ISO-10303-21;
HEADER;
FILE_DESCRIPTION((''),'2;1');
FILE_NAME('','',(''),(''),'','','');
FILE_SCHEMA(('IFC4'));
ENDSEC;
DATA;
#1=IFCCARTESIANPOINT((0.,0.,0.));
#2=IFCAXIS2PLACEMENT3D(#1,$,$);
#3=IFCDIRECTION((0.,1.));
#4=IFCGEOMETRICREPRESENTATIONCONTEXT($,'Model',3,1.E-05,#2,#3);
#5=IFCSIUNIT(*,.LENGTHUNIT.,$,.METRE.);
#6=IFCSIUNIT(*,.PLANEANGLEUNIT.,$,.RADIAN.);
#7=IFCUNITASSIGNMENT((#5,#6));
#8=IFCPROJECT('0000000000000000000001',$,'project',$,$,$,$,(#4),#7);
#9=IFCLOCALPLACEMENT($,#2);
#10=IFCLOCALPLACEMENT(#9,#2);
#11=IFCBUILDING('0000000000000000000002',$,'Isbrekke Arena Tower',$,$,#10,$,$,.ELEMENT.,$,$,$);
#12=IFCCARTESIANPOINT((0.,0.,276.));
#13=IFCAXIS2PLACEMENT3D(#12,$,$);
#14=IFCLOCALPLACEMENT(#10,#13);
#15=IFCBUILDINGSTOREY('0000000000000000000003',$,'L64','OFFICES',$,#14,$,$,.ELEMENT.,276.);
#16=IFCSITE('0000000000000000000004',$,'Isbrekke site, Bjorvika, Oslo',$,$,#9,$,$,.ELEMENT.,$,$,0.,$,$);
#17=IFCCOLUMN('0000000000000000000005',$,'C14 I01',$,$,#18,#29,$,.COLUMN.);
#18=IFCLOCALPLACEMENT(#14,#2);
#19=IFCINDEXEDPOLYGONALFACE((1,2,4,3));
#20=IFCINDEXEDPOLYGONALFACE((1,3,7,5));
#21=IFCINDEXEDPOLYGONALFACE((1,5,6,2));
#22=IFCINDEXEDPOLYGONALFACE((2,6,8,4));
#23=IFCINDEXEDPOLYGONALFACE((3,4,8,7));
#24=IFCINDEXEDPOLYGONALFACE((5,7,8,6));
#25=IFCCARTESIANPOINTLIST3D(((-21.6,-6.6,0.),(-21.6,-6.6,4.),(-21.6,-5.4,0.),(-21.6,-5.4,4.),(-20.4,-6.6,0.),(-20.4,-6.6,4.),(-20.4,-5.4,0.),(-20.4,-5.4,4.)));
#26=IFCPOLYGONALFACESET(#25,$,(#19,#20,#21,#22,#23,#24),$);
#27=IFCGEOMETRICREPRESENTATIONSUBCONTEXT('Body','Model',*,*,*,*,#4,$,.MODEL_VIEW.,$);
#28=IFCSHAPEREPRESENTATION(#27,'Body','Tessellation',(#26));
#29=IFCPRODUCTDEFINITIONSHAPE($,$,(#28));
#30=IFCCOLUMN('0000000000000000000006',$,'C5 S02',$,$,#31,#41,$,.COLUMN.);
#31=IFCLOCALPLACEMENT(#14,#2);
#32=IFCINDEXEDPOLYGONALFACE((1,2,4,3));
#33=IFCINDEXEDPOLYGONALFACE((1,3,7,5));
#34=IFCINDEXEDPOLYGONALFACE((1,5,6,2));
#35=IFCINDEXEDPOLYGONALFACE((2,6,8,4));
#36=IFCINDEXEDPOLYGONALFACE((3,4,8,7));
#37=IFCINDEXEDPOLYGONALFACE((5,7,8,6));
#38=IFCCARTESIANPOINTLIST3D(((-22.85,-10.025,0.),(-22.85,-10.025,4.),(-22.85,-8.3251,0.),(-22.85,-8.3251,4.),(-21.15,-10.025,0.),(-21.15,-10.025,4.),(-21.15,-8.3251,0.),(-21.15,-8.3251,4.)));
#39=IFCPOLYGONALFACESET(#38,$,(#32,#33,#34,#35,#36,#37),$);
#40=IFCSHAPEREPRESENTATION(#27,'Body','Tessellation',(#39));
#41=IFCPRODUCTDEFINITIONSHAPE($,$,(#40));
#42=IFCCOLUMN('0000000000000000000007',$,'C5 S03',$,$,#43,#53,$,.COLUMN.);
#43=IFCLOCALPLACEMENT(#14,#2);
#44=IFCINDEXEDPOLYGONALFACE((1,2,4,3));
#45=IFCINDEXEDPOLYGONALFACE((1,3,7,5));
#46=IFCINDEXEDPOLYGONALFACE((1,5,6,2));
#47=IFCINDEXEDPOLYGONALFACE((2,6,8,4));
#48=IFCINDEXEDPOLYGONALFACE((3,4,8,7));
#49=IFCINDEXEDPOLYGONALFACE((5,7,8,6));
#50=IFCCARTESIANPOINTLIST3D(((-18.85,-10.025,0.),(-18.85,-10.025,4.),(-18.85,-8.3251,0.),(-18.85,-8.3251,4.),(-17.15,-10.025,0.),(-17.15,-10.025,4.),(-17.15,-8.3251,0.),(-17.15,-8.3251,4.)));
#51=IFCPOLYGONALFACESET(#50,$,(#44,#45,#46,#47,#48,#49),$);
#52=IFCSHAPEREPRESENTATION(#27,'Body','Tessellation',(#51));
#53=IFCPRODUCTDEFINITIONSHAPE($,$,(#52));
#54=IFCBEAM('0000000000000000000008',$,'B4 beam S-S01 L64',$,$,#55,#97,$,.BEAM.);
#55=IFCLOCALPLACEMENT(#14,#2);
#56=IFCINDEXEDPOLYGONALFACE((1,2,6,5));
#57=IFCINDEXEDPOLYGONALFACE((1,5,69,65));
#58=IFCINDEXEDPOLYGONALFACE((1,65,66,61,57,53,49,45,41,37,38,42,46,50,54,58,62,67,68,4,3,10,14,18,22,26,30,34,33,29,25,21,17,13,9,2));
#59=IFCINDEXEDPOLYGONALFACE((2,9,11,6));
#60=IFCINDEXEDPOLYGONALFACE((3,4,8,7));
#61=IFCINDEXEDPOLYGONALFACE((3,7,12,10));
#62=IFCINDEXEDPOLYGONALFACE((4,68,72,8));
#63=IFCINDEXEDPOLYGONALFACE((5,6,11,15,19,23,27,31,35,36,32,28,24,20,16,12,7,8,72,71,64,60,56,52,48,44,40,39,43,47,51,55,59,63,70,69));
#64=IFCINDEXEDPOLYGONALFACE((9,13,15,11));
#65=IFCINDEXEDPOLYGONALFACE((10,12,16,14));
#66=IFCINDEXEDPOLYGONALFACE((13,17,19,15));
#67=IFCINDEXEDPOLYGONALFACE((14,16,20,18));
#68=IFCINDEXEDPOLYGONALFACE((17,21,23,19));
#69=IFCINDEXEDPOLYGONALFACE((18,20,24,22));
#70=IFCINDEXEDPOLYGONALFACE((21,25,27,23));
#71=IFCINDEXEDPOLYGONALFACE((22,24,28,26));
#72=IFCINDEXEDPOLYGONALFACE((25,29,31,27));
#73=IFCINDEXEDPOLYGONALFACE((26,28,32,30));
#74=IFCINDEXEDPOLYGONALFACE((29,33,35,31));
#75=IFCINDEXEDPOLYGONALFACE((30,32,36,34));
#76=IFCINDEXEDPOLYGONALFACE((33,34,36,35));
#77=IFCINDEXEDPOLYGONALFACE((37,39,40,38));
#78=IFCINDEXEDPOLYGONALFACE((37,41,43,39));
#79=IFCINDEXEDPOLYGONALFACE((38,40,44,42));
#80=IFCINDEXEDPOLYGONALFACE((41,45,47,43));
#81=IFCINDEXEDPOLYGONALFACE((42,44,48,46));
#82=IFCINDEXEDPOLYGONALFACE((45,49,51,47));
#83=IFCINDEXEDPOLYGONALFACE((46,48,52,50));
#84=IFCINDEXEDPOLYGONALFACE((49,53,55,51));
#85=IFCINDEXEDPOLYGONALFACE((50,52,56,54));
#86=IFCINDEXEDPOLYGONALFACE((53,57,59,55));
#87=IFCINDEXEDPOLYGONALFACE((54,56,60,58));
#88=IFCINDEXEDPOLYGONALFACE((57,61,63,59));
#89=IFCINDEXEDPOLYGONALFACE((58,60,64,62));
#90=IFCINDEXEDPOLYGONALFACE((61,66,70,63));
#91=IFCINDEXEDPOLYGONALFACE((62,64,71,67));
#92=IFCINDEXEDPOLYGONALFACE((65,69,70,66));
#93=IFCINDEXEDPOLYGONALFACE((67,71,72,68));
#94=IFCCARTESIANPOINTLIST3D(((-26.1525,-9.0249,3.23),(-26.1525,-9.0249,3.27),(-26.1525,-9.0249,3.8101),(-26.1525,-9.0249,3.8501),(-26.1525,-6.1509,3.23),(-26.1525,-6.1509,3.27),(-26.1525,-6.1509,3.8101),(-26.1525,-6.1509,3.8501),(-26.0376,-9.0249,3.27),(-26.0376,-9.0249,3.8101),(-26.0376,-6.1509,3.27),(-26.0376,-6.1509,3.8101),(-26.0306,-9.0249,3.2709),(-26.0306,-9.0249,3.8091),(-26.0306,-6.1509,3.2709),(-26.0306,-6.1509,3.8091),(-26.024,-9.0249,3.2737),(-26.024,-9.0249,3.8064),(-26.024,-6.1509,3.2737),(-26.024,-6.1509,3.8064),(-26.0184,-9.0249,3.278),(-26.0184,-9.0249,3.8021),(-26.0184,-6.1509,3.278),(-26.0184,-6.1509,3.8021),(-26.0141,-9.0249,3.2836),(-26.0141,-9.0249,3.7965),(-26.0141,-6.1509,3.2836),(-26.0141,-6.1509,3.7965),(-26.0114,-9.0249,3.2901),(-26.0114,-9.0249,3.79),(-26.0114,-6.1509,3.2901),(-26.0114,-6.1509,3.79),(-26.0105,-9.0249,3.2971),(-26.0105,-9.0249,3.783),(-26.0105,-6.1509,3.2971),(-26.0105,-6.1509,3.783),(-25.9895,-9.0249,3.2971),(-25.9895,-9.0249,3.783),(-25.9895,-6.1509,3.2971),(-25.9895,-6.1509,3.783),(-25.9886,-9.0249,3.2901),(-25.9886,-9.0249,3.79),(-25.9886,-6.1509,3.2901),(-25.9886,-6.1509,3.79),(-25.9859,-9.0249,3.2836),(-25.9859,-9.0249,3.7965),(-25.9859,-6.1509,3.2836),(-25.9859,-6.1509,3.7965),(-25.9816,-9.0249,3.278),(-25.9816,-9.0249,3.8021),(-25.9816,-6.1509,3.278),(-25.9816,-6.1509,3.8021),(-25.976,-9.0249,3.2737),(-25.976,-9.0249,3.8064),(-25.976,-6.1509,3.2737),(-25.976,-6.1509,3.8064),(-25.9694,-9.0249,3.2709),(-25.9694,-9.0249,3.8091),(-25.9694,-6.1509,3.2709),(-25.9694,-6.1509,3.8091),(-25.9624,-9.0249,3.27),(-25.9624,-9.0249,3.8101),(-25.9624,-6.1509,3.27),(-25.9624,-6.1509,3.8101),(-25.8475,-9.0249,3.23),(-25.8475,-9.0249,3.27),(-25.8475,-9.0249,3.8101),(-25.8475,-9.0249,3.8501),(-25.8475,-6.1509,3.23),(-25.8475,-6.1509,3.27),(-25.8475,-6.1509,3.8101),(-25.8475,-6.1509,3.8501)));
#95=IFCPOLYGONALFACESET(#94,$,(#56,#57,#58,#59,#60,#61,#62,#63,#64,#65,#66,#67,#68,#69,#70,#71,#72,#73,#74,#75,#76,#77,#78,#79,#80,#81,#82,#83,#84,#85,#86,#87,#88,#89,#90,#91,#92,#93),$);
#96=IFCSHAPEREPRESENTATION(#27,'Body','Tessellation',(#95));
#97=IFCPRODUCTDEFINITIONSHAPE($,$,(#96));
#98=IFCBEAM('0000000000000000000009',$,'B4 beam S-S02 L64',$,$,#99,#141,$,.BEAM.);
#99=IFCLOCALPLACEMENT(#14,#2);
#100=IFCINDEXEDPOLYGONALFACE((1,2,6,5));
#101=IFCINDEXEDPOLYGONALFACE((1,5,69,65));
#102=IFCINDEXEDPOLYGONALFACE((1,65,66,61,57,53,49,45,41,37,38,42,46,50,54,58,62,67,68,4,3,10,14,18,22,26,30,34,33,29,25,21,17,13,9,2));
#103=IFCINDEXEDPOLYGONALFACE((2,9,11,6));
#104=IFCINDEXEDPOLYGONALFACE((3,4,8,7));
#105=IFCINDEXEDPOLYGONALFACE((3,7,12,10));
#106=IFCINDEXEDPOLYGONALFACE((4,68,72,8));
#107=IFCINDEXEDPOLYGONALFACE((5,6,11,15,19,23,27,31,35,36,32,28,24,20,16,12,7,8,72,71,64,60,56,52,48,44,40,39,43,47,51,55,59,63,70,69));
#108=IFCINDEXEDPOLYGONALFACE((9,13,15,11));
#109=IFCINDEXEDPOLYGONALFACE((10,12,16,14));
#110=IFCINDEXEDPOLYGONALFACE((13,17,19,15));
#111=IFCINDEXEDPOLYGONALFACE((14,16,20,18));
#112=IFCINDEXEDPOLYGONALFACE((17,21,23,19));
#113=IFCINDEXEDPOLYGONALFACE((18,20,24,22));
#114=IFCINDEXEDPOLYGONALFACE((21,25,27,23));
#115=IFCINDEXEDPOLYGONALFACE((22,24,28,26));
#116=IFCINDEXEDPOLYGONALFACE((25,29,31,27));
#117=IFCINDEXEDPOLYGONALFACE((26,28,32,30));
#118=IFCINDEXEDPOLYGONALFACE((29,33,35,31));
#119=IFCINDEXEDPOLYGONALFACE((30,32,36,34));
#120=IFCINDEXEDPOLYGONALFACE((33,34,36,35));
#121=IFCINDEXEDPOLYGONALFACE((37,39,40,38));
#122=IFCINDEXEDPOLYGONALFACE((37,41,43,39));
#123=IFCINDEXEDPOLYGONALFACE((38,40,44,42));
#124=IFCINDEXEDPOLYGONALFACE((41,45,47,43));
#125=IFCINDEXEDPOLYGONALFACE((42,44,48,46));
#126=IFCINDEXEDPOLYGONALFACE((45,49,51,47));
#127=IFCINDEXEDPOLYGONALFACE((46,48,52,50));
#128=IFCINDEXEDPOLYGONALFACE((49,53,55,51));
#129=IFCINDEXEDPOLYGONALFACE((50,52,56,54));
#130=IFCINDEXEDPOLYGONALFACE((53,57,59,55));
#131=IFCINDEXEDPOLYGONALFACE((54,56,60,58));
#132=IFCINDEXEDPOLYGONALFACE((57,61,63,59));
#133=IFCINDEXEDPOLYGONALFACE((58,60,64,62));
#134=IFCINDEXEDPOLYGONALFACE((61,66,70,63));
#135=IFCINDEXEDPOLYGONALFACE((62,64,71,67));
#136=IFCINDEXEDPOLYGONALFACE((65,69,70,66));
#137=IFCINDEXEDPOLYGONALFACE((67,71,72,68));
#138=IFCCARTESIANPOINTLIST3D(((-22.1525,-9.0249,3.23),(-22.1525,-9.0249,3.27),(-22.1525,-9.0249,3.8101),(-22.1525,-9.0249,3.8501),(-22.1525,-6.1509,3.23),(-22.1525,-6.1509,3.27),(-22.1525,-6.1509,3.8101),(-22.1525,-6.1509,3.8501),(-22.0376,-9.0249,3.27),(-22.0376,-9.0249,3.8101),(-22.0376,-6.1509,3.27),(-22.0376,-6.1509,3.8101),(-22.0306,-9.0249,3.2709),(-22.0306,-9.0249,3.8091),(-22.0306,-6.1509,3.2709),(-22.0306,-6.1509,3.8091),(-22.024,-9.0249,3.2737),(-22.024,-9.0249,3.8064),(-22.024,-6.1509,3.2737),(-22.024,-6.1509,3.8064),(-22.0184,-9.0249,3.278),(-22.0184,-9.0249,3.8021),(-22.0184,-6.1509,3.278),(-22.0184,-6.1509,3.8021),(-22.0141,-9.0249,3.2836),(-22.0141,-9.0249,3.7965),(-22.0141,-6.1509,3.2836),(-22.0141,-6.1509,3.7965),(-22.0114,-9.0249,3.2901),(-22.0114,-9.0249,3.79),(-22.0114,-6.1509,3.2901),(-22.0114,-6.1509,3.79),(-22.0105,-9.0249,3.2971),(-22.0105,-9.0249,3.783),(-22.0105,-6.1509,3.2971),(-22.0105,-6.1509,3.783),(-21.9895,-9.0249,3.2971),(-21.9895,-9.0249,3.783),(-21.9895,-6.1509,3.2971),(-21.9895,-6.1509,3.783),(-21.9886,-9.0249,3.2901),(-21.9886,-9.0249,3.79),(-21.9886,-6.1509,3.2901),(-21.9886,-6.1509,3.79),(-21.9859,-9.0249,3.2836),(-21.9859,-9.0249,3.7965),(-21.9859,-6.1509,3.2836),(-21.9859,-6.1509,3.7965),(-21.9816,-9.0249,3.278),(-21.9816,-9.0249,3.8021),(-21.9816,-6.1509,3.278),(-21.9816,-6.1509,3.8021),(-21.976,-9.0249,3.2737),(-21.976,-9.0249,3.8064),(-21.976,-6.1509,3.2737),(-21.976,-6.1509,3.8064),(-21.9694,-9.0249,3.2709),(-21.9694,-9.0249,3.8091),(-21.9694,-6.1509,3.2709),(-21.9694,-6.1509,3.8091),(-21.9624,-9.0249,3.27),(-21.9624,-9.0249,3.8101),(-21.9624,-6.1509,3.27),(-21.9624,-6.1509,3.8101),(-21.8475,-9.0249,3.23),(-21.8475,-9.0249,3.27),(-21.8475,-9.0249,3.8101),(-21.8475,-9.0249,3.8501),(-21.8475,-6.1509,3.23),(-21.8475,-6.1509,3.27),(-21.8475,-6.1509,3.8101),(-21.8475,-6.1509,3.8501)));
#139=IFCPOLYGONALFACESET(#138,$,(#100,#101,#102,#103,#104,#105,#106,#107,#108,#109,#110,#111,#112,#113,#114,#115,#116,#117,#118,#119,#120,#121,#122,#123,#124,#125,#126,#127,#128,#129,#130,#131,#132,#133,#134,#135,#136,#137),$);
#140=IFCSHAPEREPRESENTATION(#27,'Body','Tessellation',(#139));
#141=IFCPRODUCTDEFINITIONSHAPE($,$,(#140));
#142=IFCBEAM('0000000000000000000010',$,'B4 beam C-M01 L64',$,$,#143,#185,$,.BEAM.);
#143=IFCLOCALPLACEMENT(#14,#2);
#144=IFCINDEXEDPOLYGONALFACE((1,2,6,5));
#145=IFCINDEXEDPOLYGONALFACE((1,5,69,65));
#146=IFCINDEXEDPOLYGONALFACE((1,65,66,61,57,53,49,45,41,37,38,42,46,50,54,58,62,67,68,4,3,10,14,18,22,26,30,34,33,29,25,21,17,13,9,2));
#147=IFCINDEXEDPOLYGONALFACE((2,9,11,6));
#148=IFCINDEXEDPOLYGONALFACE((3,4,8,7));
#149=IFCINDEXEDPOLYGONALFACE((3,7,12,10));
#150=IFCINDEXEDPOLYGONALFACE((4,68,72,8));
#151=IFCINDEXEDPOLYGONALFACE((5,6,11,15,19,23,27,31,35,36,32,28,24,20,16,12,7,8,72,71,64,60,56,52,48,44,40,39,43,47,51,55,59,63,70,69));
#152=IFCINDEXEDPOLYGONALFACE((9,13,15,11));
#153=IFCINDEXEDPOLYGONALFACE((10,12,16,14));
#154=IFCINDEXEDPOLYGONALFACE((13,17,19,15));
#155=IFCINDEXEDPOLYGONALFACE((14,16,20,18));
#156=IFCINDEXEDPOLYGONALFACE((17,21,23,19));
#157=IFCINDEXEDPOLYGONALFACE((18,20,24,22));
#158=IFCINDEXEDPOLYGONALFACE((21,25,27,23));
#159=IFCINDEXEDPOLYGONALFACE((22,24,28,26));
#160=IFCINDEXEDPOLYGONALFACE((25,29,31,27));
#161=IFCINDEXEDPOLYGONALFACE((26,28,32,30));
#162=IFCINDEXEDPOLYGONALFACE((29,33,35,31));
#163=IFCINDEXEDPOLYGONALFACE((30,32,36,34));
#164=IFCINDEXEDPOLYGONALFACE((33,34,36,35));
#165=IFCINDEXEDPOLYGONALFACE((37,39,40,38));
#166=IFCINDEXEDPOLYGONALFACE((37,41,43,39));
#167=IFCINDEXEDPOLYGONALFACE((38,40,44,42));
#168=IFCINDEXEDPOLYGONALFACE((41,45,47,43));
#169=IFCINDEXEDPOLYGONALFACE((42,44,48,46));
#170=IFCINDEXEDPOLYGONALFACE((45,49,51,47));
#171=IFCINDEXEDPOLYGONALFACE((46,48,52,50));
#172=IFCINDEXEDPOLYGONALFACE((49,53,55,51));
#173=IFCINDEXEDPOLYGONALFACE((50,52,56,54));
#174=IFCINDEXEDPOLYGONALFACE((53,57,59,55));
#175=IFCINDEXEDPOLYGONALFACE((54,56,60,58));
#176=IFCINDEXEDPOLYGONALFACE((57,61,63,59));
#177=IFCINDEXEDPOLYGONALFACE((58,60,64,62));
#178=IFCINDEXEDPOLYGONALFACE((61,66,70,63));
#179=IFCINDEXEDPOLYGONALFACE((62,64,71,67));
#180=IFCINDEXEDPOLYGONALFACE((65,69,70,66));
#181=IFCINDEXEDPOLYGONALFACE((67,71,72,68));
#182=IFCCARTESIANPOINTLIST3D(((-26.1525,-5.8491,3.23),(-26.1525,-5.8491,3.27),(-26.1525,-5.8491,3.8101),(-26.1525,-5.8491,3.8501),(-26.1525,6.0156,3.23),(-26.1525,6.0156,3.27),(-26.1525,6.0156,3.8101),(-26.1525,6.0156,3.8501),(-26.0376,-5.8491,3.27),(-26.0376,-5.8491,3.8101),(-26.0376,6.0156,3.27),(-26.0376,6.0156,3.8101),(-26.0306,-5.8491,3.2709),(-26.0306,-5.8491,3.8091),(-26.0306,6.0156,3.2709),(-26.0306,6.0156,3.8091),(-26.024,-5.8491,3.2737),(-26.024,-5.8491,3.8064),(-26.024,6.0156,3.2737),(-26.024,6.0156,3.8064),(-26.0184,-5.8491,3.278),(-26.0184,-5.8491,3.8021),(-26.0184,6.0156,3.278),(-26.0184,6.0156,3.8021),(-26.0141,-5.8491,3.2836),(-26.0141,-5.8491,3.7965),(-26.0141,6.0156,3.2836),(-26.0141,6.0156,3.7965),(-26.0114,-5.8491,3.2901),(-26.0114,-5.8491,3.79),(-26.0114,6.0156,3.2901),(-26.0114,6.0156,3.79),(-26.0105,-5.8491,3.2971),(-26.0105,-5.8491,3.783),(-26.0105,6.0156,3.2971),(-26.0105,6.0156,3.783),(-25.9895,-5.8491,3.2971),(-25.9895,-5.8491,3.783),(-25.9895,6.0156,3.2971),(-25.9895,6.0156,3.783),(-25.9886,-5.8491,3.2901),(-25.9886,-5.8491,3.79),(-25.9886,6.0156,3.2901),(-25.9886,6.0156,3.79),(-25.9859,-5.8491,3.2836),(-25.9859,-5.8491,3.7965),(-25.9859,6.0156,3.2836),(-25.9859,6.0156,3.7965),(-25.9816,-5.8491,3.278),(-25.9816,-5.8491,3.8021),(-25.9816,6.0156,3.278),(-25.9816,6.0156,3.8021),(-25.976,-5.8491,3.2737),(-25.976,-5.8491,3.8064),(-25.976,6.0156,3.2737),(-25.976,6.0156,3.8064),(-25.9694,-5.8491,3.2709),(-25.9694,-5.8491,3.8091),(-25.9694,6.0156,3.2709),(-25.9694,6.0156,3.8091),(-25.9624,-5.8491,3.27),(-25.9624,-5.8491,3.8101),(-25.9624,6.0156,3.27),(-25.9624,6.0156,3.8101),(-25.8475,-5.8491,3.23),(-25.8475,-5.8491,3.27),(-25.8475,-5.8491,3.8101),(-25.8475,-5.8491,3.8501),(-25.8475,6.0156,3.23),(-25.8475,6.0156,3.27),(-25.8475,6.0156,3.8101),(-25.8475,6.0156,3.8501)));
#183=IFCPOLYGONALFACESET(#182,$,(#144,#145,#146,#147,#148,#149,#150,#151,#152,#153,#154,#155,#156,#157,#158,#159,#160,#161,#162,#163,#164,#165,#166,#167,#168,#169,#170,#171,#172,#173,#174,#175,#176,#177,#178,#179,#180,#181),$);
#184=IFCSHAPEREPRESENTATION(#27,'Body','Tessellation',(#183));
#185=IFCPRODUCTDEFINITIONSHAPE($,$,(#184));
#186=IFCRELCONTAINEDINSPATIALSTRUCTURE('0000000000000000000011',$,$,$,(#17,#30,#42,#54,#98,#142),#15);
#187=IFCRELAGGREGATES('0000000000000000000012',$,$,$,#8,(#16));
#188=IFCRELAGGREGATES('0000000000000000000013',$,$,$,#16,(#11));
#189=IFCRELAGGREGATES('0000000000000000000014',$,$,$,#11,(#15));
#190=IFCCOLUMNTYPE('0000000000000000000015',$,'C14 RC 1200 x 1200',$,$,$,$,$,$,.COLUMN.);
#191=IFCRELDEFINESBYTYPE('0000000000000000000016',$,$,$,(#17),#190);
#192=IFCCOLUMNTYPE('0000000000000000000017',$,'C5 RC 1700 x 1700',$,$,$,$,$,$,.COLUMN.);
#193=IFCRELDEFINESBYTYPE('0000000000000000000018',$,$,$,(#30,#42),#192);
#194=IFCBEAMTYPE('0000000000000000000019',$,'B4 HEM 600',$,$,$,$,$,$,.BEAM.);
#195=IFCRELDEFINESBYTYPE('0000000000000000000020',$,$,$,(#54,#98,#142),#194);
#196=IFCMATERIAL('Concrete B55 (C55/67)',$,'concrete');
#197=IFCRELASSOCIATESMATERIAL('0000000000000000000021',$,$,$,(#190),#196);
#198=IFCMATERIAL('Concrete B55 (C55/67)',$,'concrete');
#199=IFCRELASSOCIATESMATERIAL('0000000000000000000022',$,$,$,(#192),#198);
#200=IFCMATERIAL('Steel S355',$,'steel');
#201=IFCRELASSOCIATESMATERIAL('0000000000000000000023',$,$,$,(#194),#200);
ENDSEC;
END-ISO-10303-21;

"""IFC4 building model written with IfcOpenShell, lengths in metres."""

from ifc_helpers import new_model, si_unit, direction, frame, origin, origin_2d, place, context, subcontext, project, spatial, rectangle, i_section, extrude, material, material_profile, profile_set, type_object, element, save


model = new_model("IFC4")

# Units and contexts
model_context = context("Model", 3, precision=1e-05, world=origin(), true_north=direction((0.0, 1.0)))
body_context = subcontext(model_context, "Body", "Model", "MODEL_VIEW")
ifc_project = project(units=[si_unit("LENGTHUNIT", "METRE"), si_unit("PLANEANGLEUNIT", "RADIAN")], contexts=[model_context])

# Site, building, storey
site_placement = place(None, origin())
site = spatial("IfcSite", under=ifc_project, at=site_placement, Name="Isbrekke site, Bjorvika, Oslo", CompositionType="ELEMENT", RefElevation=0.0)
building_placement = place(site_placement, origin())
building = spatial("IfcBuilding", under=site, at=building_placement, Name="Isbrekke Arena Tower", CompositionType="ELEMENT")
storey_placement = place(building_placement, frame((0.0, 0.0, 276.0)))
storey = spatial("IfcBuildingStorey", under=building, at=storey_placement, Name="L64", Description="OFFICES", CompositionType="ELEMENT", Elevation=276.0)

# Columns
ifc_material_1 = material(Name="Concrete B55 (C55/67)", Category="concrete")
ifc_material_profile_1 = material_profile(ifc_material_1, rectangle(XDim=1.2, YDim=1.2, at=origin_2d()), Name="RC 1200x1200")
ifc_profile_set_1 = profile_set([ifc_material_profile_1], Name="Concrete B55 (C55/67)")
column_type_1 = type_object("IfcColumnType", Name="C14 RC 1200 x 1200", PredefinedType="COLUMN", material=ifc_profile_set_1)
column_placement = place(storey_placement, frame((-21.0, -6.0, 0.0), z_axis=(0.0, 0.0, 1.0), x_axis=(1.0, 0.0, 0.0)))
element("IfcColumn", 1, at=column_placement, inside=storey, type_object=column_type_1, Name="C14 I01", PredefinedType="COLUMN", context=body_context, shape_type="SweptSolid", body=[
    extrude(rectangle(XDim=1.2, YDim=1.2, at=origin_2d()), origin(), (0.0, 0.0, 1.0), 4.0),
])
ifc_material_2 = material(Name="Concrete B55 (C55/67)", Category="concrete")
ifc_material_profile_2 = material_profile(ifc_material_2, rectangle(XDim=1.7, YDim=1.7, at=origin_2d()), Name="RC 1700x1700")
ifc_profile_set_2 = profile_set([ifc_material_profile_2], Name="Concrete B55 (C55/67)")
column_type_2 = type_object("IfcColumnType", Name="C5 RC 1700 x 1700", PredefinedType="COLUMN", material=ifc_profile_set_2)
for number, where, z_axis, x_axis, name in (
    (2, (-22.0, -9.175, 0.0), (0.0, 0.0, 1.0), (1.0, 0.0, 0.0), "C5 S02"),
    (3, (-18.0, -9.175, 0.0), (0.0, 0.0, 1.0), (1.0, 0.0, 0.0), "C5 S03"),
):
    element("IfcColumn", number, at=place(storey_placement, frame(where, z_axis=z_axis, x_axis=x_axis)), inside=storey, type_object=column_type_2, Name=name, PredefinedType="COLUMN", context=body_context, shape_type="SweptSolid", body=[
        extrude(rectangle(XDim=1.7, YDim=1.7, at=origin_2d()), origin(), (0.0, 0.0, 1.0), 4.0),
    ])

# Beams
ifc_material_3 = material(Name="Steel S355", Category="steel")
ifc_material_profile_3 = material_profile(ifc_material_3, i_section(OverallWidth=0.3049, OverallDepth=0.6201, WebThickness=0.021, FlangeThickness=0.04, FilletRadius=0.0271, at=origin_2d()), Name="HEM 600")
ifc_profile_set_3 = profile_set([ifc_material_profile_3], Name="Steel S355")
beam_type_1 = type_object("IfcBeamType", Name="B4 HEM 600", PredefinedType="BEAM", material=ifc_profile_set_3)
for number, where, z_axis, x_axis, name in (
    (4, (-26.0, -9.0249, 3.54), (0.0, 1.0, 0.0), (-1.0, 0.0, 0.0), "B4 beam S-S01 L64"),
    (5, (-22.0, -9.0249, 3.54), (0.0, 1.0, 0.0), (-1.0, 0.0, 0.0), "B4 beam S-S02 L64"),
):
    element("IfcBeam", number, at=place(storey_placement, frame(where, z_axis=z_axis, x_axis=x_axis)), inside=storey, type_object=beam_type_1, Name=name, PredefinedType="BEAM", context=body_context, shape_type="SweptSolid", body=[
        extrude(i_section(OverallWidth=0.3049, OverallDepth=0.6201, WebThickness=0.021, FlangeThickness=0.04, FilletRadius=0.0271, at=origin_2d()), origin(), (0.0, 0.0, 1.0), 2.874),
    ])
beam_1_placement = place(storey_placement, frame((-26.0, -5.8491, 3.54), z_axis=(0.0, 1.0, 0.0), x_axis=(-1.0, 0.0, 0.0)))
element("IfcBeam", 6, at=beam_1_placement, inside=storey, type_object=beam_type_1, Name="B4 beam C-M01 L64", PredefinedType="BEAM", context=body_context, shape_type="SweptSolid", body=[
    extrude(i_section(OverallWidth=0.3049, OverallDepth=0.6201, WebThickness=0.021, FlangeThickness=0.04, FilletRadius=0.0271, at=origin_2d()), origin(), (0.0, 0.0, 1.0), 11.8647),
])

save(model, "model.ifc")
